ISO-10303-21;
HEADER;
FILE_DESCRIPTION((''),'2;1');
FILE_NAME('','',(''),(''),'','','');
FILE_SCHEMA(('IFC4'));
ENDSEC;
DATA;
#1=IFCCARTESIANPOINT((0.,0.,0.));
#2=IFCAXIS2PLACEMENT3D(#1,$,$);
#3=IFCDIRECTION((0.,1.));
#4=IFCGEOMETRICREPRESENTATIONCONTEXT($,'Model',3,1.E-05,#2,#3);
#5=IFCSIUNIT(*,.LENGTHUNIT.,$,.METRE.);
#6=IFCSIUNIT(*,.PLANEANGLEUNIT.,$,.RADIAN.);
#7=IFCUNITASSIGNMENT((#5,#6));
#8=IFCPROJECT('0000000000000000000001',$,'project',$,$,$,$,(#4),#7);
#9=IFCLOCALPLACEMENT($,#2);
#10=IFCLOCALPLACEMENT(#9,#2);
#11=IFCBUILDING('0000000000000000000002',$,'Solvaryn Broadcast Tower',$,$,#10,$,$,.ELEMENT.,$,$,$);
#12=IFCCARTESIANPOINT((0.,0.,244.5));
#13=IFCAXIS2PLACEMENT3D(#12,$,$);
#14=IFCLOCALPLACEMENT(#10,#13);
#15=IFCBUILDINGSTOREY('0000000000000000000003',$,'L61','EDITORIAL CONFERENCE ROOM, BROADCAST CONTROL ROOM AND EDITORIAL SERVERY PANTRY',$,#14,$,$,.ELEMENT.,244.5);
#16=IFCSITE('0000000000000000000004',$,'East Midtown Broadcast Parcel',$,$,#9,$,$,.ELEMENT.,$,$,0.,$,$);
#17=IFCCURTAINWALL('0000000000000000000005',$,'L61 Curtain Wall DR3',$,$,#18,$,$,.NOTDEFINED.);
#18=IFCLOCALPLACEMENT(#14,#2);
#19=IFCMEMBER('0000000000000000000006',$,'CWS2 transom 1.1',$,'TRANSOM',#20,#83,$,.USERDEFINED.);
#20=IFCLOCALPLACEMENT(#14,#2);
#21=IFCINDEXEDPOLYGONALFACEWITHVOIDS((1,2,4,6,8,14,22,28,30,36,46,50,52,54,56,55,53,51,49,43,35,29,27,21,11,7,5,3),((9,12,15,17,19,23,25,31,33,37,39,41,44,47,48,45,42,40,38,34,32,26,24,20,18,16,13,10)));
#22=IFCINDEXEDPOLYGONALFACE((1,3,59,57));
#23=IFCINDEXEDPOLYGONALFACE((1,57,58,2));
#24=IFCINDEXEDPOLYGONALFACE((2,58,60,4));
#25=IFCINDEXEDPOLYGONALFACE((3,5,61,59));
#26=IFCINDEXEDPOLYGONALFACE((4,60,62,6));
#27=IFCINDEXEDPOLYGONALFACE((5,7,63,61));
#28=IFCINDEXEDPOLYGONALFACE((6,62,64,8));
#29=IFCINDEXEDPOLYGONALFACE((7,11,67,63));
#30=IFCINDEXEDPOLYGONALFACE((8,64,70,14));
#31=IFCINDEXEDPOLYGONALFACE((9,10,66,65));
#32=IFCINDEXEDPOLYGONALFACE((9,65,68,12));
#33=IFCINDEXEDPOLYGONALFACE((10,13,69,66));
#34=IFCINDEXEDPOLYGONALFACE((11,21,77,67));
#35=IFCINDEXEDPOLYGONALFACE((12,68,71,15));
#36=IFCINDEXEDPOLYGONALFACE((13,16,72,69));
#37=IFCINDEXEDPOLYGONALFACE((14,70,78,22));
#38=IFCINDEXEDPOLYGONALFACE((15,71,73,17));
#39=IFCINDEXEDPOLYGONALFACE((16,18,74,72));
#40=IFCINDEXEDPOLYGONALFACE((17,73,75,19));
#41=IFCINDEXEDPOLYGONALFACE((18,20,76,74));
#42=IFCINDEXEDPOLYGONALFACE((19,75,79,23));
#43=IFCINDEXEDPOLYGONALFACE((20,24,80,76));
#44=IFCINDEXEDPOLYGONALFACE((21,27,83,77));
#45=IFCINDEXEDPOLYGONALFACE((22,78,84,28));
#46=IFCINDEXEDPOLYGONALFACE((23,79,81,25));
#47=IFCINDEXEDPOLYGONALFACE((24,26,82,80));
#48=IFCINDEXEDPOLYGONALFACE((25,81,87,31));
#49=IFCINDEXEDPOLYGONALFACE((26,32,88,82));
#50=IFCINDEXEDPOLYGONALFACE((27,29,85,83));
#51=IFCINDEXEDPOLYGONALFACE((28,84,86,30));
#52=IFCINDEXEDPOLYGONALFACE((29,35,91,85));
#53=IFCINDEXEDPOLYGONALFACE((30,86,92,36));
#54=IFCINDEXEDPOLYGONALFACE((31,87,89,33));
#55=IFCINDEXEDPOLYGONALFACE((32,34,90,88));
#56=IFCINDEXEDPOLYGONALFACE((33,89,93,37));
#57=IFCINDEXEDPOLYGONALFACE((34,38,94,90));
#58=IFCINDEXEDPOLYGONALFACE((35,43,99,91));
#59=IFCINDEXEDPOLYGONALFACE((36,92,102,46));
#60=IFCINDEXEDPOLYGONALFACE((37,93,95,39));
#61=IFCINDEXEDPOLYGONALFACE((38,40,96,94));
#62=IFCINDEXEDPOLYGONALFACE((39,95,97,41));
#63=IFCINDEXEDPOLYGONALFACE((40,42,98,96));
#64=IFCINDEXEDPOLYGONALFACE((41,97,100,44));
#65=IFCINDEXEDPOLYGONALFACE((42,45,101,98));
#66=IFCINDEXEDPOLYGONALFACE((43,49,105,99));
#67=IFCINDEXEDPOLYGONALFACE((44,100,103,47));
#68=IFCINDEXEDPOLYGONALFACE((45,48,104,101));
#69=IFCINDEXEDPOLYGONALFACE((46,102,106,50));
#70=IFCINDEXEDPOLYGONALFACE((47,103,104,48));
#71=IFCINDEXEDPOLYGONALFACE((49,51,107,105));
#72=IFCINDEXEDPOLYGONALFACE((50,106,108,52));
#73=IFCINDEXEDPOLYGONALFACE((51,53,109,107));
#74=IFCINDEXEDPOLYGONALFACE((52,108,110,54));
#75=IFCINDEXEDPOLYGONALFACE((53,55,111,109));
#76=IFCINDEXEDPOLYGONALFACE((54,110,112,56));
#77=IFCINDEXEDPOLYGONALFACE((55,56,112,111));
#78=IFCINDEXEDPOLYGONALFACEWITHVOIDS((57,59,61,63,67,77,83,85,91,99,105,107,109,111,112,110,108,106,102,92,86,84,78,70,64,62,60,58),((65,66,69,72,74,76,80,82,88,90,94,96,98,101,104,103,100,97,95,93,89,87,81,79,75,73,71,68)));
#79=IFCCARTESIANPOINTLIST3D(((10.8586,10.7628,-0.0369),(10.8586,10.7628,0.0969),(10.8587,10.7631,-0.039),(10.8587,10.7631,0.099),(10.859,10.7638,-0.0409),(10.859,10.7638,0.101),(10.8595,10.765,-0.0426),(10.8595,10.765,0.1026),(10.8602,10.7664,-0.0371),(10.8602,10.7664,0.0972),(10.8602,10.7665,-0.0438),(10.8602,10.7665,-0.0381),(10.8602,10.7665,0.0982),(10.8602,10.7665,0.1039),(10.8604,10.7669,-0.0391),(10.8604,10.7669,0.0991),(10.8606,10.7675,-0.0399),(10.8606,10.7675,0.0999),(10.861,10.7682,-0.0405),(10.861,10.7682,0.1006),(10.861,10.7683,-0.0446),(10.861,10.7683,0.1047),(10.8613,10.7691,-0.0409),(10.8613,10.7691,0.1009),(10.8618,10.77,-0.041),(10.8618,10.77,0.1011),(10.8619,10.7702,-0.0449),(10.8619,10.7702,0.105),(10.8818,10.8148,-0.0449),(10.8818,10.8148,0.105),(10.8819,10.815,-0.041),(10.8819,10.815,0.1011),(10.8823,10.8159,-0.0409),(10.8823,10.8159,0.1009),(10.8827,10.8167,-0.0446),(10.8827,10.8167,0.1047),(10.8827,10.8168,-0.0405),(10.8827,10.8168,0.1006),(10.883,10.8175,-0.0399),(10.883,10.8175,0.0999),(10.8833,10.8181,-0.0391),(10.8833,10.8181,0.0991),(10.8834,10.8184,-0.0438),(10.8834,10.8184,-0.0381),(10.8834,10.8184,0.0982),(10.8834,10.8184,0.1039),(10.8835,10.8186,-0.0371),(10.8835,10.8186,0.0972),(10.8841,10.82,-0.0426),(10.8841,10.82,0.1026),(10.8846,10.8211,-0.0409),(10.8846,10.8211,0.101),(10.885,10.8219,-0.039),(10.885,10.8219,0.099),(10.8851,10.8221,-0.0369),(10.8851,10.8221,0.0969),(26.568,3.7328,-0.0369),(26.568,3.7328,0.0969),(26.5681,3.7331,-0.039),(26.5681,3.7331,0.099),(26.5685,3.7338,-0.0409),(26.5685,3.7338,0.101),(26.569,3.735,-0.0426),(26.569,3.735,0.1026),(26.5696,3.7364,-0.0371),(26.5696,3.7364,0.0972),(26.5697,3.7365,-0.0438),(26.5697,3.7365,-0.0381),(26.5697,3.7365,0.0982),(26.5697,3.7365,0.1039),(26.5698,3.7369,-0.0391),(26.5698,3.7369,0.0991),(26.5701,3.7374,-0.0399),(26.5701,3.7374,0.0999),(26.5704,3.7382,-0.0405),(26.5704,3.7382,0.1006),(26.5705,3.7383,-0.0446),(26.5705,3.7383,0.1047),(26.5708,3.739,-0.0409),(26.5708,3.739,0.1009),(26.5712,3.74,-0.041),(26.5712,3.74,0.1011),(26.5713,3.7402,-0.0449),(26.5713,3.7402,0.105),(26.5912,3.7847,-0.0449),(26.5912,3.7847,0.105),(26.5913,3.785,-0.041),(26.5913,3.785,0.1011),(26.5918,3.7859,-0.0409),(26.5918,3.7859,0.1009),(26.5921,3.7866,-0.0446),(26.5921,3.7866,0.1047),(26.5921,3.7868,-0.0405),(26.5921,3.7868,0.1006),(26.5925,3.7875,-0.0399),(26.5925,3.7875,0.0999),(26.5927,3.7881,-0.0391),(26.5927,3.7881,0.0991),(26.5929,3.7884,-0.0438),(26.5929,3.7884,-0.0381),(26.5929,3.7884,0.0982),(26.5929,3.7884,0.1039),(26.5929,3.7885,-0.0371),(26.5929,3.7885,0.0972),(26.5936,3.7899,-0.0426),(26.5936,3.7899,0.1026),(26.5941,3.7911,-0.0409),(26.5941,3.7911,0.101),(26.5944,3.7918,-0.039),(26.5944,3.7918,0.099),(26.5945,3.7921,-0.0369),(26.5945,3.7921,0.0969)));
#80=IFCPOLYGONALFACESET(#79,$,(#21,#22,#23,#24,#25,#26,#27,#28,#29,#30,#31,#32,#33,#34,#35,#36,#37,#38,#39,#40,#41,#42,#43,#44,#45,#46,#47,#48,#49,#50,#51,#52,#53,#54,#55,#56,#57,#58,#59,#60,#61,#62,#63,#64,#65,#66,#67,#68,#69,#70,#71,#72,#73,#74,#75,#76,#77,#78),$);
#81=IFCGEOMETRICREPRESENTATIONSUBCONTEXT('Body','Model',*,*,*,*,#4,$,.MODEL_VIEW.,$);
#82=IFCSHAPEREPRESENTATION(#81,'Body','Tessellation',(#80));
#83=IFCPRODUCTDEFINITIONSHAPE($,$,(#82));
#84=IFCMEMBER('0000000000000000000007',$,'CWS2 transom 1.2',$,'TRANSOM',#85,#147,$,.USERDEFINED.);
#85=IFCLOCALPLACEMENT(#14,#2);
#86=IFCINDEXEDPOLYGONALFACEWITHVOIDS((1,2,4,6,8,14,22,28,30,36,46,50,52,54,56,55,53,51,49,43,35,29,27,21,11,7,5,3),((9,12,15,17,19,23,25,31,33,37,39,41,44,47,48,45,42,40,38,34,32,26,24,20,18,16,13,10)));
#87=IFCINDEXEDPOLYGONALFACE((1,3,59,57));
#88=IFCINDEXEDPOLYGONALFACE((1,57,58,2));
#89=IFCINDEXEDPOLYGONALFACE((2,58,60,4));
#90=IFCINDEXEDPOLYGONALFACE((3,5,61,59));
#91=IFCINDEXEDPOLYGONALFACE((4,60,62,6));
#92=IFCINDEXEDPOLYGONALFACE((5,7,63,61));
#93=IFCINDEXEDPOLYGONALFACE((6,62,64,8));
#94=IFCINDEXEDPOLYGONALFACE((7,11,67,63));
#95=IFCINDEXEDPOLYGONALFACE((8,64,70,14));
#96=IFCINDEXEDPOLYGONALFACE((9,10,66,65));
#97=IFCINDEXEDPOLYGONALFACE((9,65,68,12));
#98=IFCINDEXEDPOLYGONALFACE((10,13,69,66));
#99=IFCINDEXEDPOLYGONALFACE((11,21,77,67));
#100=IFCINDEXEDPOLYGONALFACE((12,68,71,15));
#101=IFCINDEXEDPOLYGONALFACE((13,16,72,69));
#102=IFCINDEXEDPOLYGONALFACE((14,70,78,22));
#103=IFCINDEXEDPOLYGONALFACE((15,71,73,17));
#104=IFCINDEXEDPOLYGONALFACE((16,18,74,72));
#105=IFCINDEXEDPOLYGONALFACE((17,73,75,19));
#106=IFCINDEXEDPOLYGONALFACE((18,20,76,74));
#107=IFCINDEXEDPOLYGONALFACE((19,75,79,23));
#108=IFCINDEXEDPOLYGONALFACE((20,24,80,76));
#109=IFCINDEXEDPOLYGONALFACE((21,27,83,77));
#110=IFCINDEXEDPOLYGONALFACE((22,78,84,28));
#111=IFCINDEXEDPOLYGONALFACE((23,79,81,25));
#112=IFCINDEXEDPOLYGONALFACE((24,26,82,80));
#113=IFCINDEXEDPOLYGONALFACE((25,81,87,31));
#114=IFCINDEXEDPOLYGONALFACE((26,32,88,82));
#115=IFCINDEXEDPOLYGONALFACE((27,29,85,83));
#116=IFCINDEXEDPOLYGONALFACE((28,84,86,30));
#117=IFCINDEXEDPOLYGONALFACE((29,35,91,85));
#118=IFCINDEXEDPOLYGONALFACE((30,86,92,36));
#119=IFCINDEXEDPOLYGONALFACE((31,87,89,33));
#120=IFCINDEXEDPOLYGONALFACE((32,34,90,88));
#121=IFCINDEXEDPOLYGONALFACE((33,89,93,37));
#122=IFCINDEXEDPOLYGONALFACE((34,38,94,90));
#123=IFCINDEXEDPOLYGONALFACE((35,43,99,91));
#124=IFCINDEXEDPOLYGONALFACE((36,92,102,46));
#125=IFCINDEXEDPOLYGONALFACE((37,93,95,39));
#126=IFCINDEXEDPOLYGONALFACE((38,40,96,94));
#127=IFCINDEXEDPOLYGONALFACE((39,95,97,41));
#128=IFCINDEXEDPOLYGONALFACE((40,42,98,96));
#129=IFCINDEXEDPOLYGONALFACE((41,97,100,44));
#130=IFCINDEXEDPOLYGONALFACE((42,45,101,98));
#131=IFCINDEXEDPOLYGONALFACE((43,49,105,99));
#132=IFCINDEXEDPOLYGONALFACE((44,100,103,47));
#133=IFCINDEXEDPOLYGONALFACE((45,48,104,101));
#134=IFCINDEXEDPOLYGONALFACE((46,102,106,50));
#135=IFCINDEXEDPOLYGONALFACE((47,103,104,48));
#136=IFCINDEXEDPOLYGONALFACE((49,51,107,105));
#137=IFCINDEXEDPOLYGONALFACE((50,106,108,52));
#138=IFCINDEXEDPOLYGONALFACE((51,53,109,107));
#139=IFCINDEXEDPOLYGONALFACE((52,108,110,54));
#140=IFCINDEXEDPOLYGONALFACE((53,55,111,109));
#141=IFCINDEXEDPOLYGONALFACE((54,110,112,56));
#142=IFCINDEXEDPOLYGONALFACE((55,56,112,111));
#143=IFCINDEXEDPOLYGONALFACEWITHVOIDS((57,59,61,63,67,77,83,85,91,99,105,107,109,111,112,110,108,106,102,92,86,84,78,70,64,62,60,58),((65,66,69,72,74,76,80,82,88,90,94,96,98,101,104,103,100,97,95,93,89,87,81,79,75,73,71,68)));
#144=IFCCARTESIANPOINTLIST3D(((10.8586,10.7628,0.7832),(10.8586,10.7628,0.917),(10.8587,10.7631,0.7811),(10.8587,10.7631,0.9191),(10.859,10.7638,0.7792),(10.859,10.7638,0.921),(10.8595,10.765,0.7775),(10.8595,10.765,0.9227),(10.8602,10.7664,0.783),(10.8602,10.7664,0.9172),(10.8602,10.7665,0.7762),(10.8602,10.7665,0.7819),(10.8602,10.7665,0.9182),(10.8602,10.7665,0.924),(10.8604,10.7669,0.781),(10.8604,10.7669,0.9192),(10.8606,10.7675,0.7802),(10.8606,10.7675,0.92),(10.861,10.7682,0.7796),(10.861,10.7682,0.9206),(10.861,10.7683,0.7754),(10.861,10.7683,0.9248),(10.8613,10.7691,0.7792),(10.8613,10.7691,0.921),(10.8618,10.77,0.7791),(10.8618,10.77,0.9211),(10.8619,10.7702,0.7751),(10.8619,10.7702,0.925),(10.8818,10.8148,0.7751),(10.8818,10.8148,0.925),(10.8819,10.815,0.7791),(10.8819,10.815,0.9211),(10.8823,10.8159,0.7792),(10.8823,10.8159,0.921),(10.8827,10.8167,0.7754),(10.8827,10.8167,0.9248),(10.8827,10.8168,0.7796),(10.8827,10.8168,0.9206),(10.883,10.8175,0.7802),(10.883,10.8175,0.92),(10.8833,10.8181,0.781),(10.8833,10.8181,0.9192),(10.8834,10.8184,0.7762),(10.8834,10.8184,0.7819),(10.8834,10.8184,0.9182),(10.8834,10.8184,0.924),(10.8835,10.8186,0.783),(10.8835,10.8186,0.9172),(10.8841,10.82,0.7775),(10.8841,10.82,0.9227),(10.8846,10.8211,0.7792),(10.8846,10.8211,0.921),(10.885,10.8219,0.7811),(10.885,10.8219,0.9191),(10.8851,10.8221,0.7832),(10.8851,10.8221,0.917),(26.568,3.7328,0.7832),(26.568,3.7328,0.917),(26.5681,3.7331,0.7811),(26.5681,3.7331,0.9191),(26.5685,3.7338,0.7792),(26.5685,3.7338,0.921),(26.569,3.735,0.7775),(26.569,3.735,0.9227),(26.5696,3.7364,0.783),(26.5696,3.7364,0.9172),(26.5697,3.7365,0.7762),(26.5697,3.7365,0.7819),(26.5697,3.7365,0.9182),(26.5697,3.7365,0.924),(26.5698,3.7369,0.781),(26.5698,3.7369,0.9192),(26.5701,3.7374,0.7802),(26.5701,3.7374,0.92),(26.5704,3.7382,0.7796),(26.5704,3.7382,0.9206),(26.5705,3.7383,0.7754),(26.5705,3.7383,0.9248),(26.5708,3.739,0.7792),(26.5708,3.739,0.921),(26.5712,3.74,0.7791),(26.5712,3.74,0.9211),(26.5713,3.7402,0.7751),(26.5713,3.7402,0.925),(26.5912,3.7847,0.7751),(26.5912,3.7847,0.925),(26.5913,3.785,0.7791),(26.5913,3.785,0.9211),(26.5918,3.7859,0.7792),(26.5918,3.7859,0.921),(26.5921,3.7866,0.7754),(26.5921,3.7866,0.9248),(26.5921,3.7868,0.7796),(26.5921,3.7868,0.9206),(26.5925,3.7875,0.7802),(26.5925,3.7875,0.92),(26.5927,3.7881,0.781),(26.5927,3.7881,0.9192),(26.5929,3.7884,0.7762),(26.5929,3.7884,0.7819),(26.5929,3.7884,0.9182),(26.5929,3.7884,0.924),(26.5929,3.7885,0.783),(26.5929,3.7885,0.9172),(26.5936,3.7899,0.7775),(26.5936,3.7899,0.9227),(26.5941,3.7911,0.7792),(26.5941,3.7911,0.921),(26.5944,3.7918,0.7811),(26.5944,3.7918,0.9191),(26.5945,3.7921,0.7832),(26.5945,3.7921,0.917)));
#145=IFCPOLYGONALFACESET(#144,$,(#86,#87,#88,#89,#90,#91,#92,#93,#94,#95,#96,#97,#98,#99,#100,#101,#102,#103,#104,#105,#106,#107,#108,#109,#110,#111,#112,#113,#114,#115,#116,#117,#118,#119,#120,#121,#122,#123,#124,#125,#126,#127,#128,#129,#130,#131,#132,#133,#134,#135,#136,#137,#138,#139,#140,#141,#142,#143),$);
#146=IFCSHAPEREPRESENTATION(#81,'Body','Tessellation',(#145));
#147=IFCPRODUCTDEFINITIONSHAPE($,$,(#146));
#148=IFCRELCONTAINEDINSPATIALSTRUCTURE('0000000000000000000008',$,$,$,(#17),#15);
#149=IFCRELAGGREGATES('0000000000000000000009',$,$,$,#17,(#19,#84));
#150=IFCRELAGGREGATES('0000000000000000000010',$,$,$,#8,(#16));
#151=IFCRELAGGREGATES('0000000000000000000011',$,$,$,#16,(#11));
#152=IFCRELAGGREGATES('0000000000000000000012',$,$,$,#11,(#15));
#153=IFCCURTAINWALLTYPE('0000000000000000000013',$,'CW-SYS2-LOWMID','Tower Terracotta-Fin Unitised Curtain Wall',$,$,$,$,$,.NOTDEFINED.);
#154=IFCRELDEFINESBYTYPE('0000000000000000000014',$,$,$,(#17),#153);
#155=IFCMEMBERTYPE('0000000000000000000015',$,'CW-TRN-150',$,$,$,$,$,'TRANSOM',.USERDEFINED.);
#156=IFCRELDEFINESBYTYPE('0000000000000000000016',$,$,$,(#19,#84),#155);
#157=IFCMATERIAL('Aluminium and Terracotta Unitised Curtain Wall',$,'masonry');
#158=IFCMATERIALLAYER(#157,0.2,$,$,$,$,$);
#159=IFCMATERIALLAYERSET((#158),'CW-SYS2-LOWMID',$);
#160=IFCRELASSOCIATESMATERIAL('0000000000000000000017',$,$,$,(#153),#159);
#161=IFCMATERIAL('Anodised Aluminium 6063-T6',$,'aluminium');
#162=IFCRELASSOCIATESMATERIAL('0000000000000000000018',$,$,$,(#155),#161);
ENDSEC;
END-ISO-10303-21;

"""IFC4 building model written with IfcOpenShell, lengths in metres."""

from ifc_helpers import new_model, si_unit, direction, frame, origin, origin_2d, place, context, subcontext, project, spatial, hollow_rectangle, extrude, material, layer, layer_set, material_profile, profile_set, type_object, element, aggregate, save


model = new_model("IFC4")

# Units and contexts
model_context = context("Model", 3, precision=1e-05, world=origin(), true_north=direction((0.0, 1.0)))
body_context = subcontext(model_context, "Body", "Model", "MODEL_VIEW")
ifc_project = project(units=[si_unit("LENGTHUNIT", "METRE"), si_unit("PLANEANGLEUNIT", "RADIAN")], contexts=[model_context])

# Site, building, storey
site_placement = place(None, origin())
site = spatial("IfcSite", under=ifc_project, at=site_placement, Name="East Midtown Broadcast Parcel", CompositionType="ELEMENT", RefElevation=0.0)
building_placement = place(site_placement, origin())
building = spatial("IfcBuilding", under=site, at=building_placement, Name="Solvaryn Broadcast Tower", CompositionType="ELEMENT")
storey_placement = place(building_placement, frame((0.0, 0.0, 244.5)))
storey = spatial("IfcBuildingStorey", under=building, at=storey_placement, Name="L61", Description="EDITORIAL CONFERENCE ROOM, BROADCAST CONTROL ROOM AND EDITORIAL SERVERY PANTRY", CompositionType="ELEMENT", Elevation=244.5)

# Curtain wall, members
ifc_material_1 = material(Name="Aluminium and Terracotta Unitised Curtain Wall", Category="masonry")
ifc_layer_1 = layer(ifc_material_1, 0.2)
ifc_layer_set_1 = layer_set([ifc_layer_1], Name="CW-SYS2-LOWMID")
curtain_wall_type_1 = type_object("IfcCurtainWallType", Name="CW-SYS2-LOWMID", Description="Tower Terracotta-Fin Unitised Curtain Wall", PredefinedType="NOTDEFINED", material=ifc_layer_set_1)
curtain_wall_1_placement = place(storey_placement, origin())
curtain_wall_1 = element("IfcCurtainWall", 1, at=curtain_wall_1_placement, inside=storey, type_object=curtain_wall_type_1, Name="L61 Curtain Wall DR3", PredefinedType="NOTDEFINED")
ifc_material_2 = material(Name="Anodised Aluminium 6063-T6", Category="aluminium")
ifc_material_profile_1 = material_profile(ifc_material_2, hollow_rectangle(XDim=0.0649, YDim=0.1499, WallThickness=0.0039, InnerFilletRadius=0.0039, OuterFilletRadius=0.0081, at=origin_2d()))
ifc_profile_set_1 = profile_set([ifc_material_profile_1], Name="Anodised Aluminium 6063-T6")
member_type_1 = type_object("IfcMemberType", Name="CW-TRN-150", ElementType="TRANSOM", PredefinedType="USERDEFINED", material=ifc_profile_set_1)
member_1_placement = place(storey_placement, frame((10.8718, 10.7925, 0.03), z_axis=(0.912773, -0.408468, 0.0), x_axis=(0.408468, 0.912773, 0.0)))
member_1 = element("IfcMember", 2, at=member_1_placement, type_object=member_type_1, Name="CWS2 transom 1.1", ObjectType="TRANSOM", PredefinedType="USERDEFINED", context=body_context, shape_type="SweptSolid", body=[
    extrude(hollow_rectangle(XDim=0.0649, YDim=0.1499, WallThickness=0.0039, InnerFilletRadius=0.0039, OuterFilletRadius=0.0081, at=origin_2d()), origin(), (0.0, 0.0, 1.0), 17.2107),
])
member_2_placement = place(storey_placement, frame((10.8718, 10.7925, 0.8501), z_axis=(0.912773, -0.408468, 0.0), x_axis=(0.408468, 0.912773, 0.0)))
member_2 = element("IfcMember", 3, at=member_2_placement, type_object=member_type_1, Name="CWS2 transom 1.2", ObjectType="TRANSOM", PredefinedType="USERDEFINED", context=body_context, shape_type="SweptSolid", body=[
    extrude(hollow_rectangle(XDim=0.0649, YDim=0.1499, WallThickness=0.0039, InnerFilletRadius=0.0039, OuterFilletRadius=0.0081, at=origin_2d()), origin(), (0.0, 0.0, 1.0), 17.2107),
])
aggregate(curtain_wall_1, [member_1, member_2])

save(model, "model.ifc")
